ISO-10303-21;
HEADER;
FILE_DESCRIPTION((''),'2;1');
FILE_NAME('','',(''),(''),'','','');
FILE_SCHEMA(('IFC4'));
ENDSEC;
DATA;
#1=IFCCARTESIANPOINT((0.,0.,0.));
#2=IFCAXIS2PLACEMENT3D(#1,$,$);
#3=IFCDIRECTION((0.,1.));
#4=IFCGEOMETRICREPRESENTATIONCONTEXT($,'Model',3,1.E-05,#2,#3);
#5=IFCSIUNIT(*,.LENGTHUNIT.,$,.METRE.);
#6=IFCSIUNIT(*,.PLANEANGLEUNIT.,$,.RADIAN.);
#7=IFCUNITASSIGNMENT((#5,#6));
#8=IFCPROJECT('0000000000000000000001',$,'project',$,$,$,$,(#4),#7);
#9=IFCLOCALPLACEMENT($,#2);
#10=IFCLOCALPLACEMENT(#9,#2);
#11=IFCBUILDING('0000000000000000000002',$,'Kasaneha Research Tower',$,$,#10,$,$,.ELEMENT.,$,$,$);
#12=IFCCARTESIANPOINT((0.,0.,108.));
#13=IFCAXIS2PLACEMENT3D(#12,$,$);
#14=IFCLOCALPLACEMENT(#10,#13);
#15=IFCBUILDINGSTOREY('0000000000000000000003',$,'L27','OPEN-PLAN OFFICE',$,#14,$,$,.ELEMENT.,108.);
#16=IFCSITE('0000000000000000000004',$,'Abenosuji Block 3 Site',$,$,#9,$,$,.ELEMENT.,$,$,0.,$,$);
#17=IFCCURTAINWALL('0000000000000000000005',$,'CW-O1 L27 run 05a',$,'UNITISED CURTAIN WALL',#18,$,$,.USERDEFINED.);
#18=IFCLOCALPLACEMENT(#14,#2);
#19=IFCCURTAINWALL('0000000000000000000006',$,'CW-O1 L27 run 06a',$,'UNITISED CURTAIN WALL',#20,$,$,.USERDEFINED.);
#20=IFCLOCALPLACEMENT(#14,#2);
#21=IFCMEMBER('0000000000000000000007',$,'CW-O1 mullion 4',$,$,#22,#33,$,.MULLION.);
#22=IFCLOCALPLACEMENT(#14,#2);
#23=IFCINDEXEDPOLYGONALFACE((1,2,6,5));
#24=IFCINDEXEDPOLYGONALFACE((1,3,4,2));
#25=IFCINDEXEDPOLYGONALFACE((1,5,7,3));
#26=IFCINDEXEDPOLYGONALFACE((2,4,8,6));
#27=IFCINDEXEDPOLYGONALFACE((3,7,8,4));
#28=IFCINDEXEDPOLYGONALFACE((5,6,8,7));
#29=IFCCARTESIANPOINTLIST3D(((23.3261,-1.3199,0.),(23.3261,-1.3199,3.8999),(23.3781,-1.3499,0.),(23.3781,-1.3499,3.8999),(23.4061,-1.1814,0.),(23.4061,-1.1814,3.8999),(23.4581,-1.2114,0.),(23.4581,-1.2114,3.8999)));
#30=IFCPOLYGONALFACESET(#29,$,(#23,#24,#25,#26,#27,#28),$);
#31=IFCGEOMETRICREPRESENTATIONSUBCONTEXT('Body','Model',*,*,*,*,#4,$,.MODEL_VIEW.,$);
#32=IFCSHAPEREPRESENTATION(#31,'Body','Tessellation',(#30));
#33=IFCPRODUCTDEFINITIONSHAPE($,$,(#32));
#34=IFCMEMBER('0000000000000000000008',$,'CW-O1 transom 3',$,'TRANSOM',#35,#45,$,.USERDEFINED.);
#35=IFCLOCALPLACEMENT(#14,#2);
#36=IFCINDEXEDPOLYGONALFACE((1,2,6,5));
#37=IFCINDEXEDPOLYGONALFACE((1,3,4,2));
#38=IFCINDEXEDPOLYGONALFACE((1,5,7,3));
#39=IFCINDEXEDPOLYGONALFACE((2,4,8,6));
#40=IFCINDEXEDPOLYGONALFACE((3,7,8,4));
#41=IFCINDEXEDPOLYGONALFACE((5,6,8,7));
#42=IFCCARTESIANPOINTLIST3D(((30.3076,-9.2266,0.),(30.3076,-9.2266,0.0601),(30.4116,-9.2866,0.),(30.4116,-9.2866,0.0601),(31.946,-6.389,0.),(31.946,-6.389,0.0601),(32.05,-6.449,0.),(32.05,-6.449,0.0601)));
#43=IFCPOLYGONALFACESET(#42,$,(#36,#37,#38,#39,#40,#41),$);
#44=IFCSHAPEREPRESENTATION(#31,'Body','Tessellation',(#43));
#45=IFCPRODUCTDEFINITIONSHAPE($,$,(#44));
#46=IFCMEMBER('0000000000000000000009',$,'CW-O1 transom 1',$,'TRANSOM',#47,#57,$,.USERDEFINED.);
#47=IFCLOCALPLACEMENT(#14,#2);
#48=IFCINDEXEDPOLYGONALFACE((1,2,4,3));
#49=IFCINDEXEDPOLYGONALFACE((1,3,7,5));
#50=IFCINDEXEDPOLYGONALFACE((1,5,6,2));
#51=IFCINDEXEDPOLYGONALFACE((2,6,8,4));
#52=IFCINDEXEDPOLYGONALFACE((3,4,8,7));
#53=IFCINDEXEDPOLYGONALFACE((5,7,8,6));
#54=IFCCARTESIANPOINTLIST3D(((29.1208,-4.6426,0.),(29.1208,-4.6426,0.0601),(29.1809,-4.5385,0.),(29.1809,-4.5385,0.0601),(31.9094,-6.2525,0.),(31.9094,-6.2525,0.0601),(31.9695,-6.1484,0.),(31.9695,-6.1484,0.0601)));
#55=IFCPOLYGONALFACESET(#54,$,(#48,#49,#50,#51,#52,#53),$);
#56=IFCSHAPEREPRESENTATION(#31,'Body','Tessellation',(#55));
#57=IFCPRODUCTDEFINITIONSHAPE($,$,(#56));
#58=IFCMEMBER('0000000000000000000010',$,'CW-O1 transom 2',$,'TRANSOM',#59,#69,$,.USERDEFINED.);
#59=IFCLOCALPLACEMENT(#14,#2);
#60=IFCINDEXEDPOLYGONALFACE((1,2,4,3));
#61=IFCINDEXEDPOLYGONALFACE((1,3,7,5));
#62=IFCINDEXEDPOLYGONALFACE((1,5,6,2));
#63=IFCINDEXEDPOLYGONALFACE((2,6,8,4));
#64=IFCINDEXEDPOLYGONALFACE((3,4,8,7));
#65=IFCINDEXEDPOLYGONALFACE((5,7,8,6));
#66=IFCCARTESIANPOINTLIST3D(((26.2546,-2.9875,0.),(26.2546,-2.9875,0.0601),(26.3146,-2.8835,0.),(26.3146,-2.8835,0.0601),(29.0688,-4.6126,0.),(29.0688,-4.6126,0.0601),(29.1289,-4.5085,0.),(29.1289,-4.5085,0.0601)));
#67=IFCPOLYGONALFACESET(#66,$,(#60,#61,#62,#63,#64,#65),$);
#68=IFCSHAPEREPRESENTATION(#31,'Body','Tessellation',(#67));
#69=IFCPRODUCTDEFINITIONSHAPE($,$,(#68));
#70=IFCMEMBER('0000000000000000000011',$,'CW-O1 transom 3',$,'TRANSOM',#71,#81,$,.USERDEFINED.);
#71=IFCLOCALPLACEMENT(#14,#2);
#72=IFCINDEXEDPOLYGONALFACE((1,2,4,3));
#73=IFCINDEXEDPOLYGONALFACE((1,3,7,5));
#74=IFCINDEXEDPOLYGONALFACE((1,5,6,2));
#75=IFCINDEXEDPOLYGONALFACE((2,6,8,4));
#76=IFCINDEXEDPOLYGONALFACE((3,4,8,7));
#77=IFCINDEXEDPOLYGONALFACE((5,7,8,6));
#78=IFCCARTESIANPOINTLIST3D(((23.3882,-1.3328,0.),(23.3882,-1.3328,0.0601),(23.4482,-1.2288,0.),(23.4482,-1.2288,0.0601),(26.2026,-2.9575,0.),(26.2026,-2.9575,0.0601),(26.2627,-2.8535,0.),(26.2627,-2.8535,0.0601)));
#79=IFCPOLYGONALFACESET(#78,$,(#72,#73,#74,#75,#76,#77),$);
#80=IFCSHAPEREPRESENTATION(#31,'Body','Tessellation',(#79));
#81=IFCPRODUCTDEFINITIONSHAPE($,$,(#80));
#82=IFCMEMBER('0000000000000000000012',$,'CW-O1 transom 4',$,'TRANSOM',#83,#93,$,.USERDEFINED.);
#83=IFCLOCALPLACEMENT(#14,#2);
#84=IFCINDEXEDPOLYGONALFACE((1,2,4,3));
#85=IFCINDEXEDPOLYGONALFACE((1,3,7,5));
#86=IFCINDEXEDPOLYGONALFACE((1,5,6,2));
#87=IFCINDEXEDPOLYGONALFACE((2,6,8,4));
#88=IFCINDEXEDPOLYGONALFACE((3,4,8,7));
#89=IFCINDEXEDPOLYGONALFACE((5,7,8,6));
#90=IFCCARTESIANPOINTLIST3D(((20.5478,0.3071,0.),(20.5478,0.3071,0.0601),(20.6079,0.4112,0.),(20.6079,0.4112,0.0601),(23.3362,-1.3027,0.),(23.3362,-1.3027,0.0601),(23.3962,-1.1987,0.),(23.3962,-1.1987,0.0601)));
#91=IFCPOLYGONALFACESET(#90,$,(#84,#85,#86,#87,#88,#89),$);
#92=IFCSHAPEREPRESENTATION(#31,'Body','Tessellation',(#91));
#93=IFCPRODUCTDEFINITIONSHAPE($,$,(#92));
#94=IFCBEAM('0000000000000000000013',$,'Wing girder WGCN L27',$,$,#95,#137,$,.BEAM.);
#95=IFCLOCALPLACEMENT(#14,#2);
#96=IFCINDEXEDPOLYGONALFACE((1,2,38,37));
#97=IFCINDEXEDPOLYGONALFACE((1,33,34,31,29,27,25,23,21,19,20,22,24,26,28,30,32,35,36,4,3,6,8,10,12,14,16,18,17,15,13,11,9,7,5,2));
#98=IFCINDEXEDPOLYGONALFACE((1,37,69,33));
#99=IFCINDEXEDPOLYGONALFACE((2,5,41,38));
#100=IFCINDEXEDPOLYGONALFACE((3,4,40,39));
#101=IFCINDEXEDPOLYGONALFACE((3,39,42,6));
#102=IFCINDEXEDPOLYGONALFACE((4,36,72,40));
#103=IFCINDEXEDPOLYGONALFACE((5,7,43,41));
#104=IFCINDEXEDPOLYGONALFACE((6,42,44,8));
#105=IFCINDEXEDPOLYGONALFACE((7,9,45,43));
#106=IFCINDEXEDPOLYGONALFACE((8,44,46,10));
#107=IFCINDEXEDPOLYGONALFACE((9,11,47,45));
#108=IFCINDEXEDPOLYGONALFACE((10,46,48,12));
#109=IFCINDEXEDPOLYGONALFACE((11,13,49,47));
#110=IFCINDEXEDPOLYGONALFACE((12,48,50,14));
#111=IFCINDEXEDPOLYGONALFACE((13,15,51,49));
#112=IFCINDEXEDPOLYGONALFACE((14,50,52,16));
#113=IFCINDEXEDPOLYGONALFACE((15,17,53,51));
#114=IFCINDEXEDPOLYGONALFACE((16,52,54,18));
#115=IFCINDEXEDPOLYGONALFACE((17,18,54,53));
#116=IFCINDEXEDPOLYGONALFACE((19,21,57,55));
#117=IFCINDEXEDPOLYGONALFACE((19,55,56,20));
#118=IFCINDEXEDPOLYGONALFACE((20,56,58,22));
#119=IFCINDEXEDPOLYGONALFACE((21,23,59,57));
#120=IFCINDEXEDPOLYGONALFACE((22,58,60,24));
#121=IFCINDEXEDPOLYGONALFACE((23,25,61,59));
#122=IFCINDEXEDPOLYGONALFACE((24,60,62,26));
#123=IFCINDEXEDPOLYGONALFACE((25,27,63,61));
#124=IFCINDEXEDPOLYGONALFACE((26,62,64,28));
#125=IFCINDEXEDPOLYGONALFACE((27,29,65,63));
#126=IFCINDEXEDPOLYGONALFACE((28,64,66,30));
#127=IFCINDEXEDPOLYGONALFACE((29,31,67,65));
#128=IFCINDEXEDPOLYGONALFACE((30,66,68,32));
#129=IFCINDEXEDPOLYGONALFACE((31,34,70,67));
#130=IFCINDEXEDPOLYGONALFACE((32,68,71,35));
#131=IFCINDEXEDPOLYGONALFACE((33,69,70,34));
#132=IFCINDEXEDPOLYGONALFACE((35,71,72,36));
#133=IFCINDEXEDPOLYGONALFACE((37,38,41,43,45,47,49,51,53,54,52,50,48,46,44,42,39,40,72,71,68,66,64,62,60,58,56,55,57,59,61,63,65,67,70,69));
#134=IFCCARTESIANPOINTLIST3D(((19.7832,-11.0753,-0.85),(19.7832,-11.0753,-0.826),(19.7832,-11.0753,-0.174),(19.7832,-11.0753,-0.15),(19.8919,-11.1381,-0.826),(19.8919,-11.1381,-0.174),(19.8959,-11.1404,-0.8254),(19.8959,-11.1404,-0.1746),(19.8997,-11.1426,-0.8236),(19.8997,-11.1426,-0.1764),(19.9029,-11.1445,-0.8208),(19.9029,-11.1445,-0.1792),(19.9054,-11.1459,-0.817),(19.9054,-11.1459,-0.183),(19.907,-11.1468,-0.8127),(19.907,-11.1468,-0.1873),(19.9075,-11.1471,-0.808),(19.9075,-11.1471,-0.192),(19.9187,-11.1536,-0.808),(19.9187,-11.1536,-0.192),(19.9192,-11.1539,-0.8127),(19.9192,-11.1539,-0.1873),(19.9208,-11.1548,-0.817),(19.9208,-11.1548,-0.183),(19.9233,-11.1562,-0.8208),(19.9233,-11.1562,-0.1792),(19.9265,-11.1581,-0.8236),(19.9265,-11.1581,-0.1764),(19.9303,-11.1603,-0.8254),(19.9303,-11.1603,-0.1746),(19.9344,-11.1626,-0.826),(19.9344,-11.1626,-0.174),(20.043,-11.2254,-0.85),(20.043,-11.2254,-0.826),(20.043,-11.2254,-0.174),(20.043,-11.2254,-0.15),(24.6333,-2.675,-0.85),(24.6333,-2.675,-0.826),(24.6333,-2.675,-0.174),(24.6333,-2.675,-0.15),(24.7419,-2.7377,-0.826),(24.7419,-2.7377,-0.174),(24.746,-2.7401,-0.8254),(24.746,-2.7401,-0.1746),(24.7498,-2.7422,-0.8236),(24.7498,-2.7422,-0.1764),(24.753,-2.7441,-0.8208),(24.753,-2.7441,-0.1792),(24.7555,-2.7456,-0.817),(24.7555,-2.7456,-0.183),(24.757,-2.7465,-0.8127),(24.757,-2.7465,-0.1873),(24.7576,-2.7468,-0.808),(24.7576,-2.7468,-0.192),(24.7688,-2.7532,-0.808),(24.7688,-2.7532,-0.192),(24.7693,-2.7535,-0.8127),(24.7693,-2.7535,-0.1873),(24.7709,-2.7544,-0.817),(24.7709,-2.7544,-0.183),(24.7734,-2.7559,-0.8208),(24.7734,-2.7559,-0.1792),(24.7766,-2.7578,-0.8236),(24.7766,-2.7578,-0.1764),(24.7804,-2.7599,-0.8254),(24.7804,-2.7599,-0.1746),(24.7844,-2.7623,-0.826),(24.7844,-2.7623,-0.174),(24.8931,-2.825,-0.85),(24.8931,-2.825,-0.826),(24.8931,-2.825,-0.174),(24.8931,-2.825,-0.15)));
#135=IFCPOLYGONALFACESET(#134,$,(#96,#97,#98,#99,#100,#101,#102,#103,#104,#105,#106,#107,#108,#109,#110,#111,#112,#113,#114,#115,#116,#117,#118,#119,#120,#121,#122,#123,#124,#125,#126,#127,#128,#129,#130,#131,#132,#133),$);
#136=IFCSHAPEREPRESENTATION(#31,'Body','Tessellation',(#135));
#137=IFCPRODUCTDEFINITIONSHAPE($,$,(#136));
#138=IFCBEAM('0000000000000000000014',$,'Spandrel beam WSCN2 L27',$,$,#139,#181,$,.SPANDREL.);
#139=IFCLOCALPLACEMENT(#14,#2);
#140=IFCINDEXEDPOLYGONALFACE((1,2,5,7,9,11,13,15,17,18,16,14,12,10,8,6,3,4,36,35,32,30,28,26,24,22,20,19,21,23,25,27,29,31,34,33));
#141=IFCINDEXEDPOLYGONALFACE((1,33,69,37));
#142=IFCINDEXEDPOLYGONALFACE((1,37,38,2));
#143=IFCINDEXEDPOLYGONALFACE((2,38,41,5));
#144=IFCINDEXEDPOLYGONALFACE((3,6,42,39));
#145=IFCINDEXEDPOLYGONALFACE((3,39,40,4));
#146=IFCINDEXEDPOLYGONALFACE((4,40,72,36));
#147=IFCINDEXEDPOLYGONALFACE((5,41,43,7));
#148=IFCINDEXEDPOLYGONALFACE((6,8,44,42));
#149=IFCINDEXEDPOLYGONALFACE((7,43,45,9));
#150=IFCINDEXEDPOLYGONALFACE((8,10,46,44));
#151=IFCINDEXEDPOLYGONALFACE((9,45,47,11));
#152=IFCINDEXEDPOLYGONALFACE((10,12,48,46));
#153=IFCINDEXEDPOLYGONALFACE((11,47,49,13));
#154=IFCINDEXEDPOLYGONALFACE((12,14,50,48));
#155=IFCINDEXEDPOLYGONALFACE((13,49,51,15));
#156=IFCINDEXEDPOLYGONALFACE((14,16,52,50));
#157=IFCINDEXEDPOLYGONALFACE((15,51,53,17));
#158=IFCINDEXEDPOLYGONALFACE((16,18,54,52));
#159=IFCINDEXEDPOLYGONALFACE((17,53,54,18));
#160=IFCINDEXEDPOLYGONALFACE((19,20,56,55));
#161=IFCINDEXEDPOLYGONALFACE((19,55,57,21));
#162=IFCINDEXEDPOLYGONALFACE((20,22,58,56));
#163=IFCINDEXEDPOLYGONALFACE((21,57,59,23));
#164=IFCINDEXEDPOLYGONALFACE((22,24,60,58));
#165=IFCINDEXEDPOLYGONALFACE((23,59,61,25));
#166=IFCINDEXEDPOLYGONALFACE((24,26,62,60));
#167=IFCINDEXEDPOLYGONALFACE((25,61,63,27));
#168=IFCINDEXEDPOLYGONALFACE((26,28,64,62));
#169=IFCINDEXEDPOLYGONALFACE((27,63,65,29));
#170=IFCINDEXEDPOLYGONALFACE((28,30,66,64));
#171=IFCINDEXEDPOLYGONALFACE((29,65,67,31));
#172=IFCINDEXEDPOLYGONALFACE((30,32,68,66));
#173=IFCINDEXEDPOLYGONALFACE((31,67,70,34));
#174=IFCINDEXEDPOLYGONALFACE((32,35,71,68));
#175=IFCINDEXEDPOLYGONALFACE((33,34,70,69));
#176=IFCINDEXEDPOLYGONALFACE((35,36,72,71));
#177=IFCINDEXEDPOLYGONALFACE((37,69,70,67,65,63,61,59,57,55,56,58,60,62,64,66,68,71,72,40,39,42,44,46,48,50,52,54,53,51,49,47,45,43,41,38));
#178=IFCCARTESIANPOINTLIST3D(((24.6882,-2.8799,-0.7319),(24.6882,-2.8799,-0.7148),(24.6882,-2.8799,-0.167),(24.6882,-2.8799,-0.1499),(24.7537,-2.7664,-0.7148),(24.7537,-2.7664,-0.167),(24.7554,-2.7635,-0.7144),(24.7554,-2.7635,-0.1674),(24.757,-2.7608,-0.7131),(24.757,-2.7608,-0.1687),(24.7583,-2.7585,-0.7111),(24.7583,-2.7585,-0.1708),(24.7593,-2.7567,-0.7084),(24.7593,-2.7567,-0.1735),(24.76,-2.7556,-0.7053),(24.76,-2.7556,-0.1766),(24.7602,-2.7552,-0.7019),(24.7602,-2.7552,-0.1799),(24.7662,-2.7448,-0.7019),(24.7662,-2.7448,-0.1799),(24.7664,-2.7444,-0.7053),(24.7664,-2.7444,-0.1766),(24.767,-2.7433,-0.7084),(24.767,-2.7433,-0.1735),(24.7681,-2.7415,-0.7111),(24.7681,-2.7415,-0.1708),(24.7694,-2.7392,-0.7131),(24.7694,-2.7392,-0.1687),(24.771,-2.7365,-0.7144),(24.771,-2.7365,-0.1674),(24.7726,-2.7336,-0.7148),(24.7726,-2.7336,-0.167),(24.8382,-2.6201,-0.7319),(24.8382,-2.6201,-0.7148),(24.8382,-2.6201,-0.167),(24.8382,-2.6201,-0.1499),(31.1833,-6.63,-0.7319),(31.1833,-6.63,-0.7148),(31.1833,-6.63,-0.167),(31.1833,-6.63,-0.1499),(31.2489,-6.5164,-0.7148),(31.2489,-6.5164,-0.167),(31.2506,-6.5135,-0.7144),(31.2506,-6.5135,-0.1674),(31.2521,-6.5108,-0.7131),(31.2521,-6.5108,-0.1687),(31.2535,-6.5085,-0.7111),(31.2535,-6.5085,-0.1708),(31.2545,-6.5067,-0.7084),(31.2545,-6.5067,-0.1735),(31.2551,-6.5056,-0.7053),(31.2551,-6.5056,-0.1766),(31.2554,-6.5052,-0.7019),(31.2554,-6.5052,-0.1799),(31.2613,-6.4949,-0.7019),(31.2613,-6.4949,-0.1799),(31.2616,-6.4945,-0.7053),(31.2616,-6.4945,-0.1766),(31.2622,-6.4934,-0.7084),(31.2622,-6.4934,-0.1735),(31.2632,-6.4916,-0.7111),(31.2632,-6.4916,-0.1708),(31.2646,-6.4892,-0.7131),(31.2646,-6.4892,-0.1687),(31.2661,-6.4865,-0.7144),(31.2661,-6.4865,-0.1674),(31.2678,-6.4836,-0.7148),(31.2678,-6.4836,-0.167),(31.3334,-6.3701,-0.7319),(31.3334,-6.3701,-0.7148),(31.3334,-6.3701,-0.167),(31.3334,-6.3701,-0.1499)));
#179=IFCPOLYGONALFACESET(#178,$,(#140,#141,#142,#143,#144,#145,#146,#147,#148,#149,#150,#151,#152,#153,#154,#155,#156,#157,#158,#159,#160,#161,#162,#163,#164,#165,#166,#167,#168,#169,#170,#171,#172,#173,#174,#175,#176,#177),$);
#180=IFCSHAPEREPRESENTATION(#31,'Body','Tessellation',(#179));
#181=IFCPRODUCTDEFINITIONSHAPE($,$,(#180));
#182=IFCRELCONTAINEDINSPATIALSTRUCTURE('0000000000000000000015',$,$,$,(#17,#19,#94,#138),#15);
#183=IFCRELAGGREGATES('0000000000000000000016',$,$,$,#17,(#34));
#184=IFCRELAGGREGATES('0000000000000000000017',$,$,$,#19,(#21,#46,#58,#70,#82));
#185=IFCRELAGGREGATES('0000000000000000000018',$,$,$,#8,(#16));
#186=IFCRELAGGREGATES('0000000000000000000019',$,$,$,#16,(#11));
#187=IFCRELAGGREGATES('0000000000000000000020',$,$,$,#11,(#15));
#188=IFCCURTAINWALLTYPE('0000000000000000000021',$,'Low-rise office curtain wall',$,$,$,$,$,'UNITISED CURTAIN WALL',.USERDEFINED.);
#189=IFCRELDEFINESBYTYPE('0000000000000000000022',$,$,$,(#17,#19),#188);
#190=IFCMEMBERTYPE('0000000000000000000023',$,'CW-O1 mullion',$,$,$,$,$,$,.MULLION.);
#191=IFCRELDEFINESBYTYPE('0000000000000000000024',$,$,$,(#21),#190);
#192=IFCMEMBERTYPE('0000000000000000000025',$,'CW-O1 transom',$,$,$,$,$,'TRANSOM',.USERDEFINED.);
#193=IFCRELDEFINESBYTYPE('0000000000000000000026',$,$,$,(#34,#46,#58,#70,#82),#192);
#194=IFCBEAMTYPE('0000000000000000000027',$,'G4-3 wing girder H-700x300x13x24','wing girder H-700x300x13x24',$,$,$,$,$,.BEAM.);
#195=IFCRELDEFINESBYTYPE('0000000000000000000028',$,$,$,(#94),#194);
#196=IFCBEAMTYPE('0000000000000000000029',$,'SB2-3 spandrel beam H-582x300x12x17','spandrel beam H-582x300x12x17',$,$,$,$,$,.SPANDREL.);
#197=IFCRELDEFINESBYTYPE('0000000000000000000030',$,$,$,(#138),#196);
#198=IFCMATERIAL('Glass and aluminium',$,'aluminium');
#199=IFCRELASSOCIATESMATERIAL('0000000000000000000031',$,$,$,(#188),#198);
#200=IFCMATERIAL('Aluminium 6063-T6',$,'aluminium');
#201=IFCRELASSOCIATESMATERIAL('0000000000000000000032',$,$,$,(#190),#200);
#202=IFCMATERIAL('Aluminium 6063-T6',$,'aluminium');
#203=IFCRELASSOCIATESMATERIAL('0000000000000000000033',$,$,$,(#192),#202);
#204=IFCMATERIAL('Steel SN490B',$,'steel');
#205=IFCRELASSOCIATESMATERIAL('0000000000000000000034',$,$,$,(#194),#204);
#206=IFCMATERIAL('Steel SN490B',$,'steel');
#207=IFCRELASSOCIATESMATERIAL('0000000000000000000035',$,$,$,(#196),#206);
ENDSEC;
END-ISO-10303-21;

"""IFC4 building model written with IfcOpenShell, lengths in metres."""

from ifc_helpers import new_model, si_unit, direction, frame, origin, origin_2d, place, context, subcontext, project, spatial, rectangle, i_section, extrude, material, material_profile, profile_set, type_object, element, aggregate, save


model = new_model("IFC4")

# Units and contexts
model_context = context("Model", 3, precision=1e-05, world=origin(), true_north=direction((0.0, 1.0)))
body_context = subcontext(model_context, "Body", "Model", "MODEL_VIEW")
ifc_project = project(units=[si_unit("LENGTHUNIT", "METRE"), si_unit("PLANEANGLEUNIT", "RADIAN")], contexts=[model_context])

# Site, building, storey
site_placement = place(None, origin())
site = spatial("IfcSite", under=ifc_project, at=site_placement, Name="Abenosuji Block 3 Site", CompositionType="ELEMENT", RefElevation=0.0)
building_placement = place(site_placement, origin())
building = spatial("IfcBuilding", under=site, at=building_placement, Name="Kasaneha Research Tower", CompositionType="ELEMENT")
storey_placement = place(building_placement, frame((0.0, 0.0, 108.0)))
storey = spatial("IfcBuildingStorey", under=building, at=storey_placement, Name="L27", Description="OPEN-PLAN OFFICE", CompositionType="ELEMENT", Elevation=108.0)

# Curtain walls, member
ifc_material_1 = material(Name="Glass and aluminium", Category="aluminium")
curtain_wall_type = type_object("IfcCurtainWallType", Name="Low-rise office curtain wall", ElementType="UNITISED CURTAIN WALL", PredefinedType="USERDEFINED", material=ifc_material_1)
curtain_wall_1_placement = place(storey_placement, origin())
curtain_wall_1 = element("IfcCurtainWall", 1, at=curtain_wall_1_placement, inside=storey, type_object=curtain_wall_type, Name="CW-O1 L27 run 05a", ObjectType="UNITISED CURTAIN WALL", PredefinedType="USERDEFINED")
ifc_material_2 = material(Name="Aluminium 6063-T6", Category="aluminium")
ifc_material_profile_1 = material_profile(ifc_material_2, rectangle(XDim=0.0601, YDim=0.1599, at=origin_2d()), Name="CW-O1 mullion 60x160")
ifc_profile_set_1 = profile_set([ifc_material_profile_1], Name="Aluminium 6063-T6")
member_type_1 = type_object("IfcMemberType", Name="CW-O1 mullion", PredefinedType="MULLION", material=ifc_profile_set_1)
curtain_wall_2_placement = place(storey_placement, origin())
curtain_wall_2 = element("IfcCurtainWall", 2, at=curtain_wall_2_placement, inside=storey, type_object=curtain_wall_type, Name="CW-O1 L27 run 06a", ObjectType="UNITISED CURTAIN WALL", PredefinedType="USERDEFINED")
member_1_placement = place(storey_placement, frame((23.3921, -1.2656, 0.0), z_axis=(0.0, 0.0, 1.0), x_axis=(-0.866025, 0.5, 0.0)))
member_1 = element("IfcMember", 3, at=member_1_placement, type_object=member_type_1, Name="CW-O1 mullion 4", PredefinedType="MULLION", context=body_context, shape_type="SweptSolid", body=[
    extrude(rectangle(XDim=0.0601, YDim=0.1599, at=origin_2d()), origin(), (0.0, 0.0, 1.0), 3.8999),
])

# Members
ifc_material_3 = material(Name="Aluminium 6063-T6", Category="aluminium")
ifc_material_profile_2 = material_profile(ifc_material_3, rectangle(XDim=0.1201, YDim=0.0601, at=origin_2d()), Name="CW-O1 transom 120x60")
ifc_profile_set_2 = profile_set([ifc_material_profile_2], Name="Aluminium 6063-T6")
member_type_2 = type_object("IfcMemberType", Name="CW-O1 transom", ElementType="TRANSOM", PredefinedType="USERDEFINED", material=ifc_profile_set_2)
member_2_placement = place(storey_placement, frame((30.3596, -9.2566, 0.03), z_axis=(0.500026, 0.866011, 0.0), x_axis=(-0.866011, 0.500026, 0.0)))
member_2 = element("IfcMember", 4, at=member_2_placement, type_object=member_type_2, Name="CW-O1 transom 3", ObjectType="TRANSOM", PredefinedType="USERDEFINED", context=body_context, shape_type="SweptSolid", body=[
    extrude(rectangle(XDim=0.1201, YDim=0.0601, at=origin_2d()), origin(), (0.0, 0.0, 1.0), 3.2766),
])
member_3_placement = place(storey_placement, frame((31.9395, -6.2004, 0.03), z_axis=(-0.866042, 0.499972, 0.0), x_axis=(-0.499972, -0.866042, 0.0)))
member_3 = element("IfcMember", 5, at=member_3_placement, type_object=member_type_2, Name="CW-O1 transom 1", ObjectType="TRANSOM", PredefinedType="USERDEFINED", context=body_context, shape_type="SweptSolid", body=[
    extrude(rectangle(XDim=0.1201, YDim=0.0601, at=origin_2d()), origin(), (0.0, 0.0, 1.0), 3.22),
])
member_4_placement = place(storey_placement, frame((29.0989, -4.5605, 0.03), z_axis=(-0.865997, 0.50005, 0.0), x_axis=(-0.50005, -0.865997, 0.0)))
member_4 = element("IfcMember", 6, at=member_4_placement, type_object=member_type_2, Name="CW-O1 transom 2", ObjectType="TRANSOM", PredefinedType="USERDEFINED", context=body_context, shape_type="SweptSolid", body=[
    extrude(rectangle(XDim=0.1201, YDim=0.0601, at=origin_2d()), origin(), (0.0, 0.0, 1.0), 3.2498),
])
member_5_placement = place(storey_placement, frame((26.2327, -2.9055, 0.03), z_axis=(-0.866048, 0.499961, 0.0), x_axis=(-0.499961, -0.866048, 0.0)))
member_5 = element("IfcMember", 7, at=member_5_placement, type_object=member_type_2, Name="CW-O1 transom 3", ObjectType="TRANSOM", PredefinedType="USERDEFINED", context=body_context, shape_type="SweptSolid", body=[
    extrude(rectangle(XDim=0.1201, YDim=0.0601, at=origin_2d()), origin(), (0.0, 0.0, 1.0), 3.2498),
])
member_6_placement = place(storey_placement, frame((23.3662, -1.2507, 0.03), z_axis=(-0.866023, 0.500005, 0.0), x_axis=(-0.500005, -0.866023, 0.0)))
member_6 = element("IfcMember", 8, at=member_6_placement, type_object=member_type_2, Name="CW-O1 transom 4", ObjectType="TRANSOM", PredefinedType="USERDEFINED", context=body_context, shape_type="SweptSolid", body=[
    extrude(rectangle(XDim=0.1201, YDim=0.0601, at=origin_2d()), origin(), (0.0, 0.0, 1.0), 3.2197),
])

# Beams
ifc_material_4 = material(Name="Steel SN490B", Category="steel")
ifc_material_profile_3 = material_profile(ifc_material_4, i_section(OverallWidth=0.3, OverallDepth=0.7, WebThickness=0.0129, FlangeThickness=0.0239, FilletRadius=0.0181, at=origin_2d()), Name="H-700x300x13x24")
ifc_profile_set_3 = profile_set([ifc_material_profile_3], Name="Steel SN490B")
beam_type_1 = type_object("IfcBeamType", Name="G4-3 wing girder H-700x300x13x24", Description="wing girder H-700x300x13x24", PredefinedType="BEAM", material=ifc_profile_set_3)
beam_1_placement = place(storey_placement, frame((24.7632, -2.75, -0.5), z_axis=(-0.50001, -0.86602, 0.0), x_axis=(0.86602, -0.50001, 0.0)))
element("IfcBeam", 9, at=beam_1_placement, inside=storey, type_object=beam_type_1, Name="Wing girder WGCN L27", PredefinedType="BEAM", context=body_context, shape_type="SweptSolid", body=[
    extrude(i_section(OverallWidth=0.3, OverallDepth=0.7, WebThickness=0.0129, FlangeThickness=0.0239, FilletRadius=0.0181, at=origin_2d()), origin(), (0.0, 0.0, 1.0), 9.7),
])
ifc_material_5 = material(Name="Steel SN490B", Category="steel")
ifc_material_profile_4 = material_profile(ifc_material_5, i_section(OverallWidth=0.3, OverallDepth=0.582, WebThickness=0.012, FlangeThickness=0.0171, FilletRadius=0.0129, at=origin_2d()), Name="H-582x300x12x17")
ifc_profile_set_4 = profile_set([ifc_material_profile_4], Name="Steel SN490B")
beam_type_2 = type_object("IfcBeamType", Name="SB2-3 spandrel beam H-582x300x12x17", Description="spandrel beam H-582x300x12x17", PredefinedType="SPANDREL", material=ifc_profile_set_4)
beam_2_placement = place(storey_placement, frame((24.7632, -2.75, -0.4409), z_axis=(0.866023, -0.500004, 0.0), x_axis=(0.500004, 0.866023, 0.0)))
element("IfcBeam", 10, at=beam_2_placement, inside=storey, type_object=beam_type_2, Name="Spandrel beam WSCN2 L27", PredefinedType="SPANDREL", context=body_context, shape_type="SweptSolid", body=[
    extrude(i_section(OverallWidth=0.3, OverallDepth=0.582, WebThickness=0.012, FlangeThickness=0.0171, FilletRadius=0.0129, at=origin_2d()), origin(), (0.0, 0.0, 1.0), 7.5),
])

aggregate(curtain_wall_1, [member_2])
aggregate(curtain_wall_2, [member_1, member_3, member_4, member_5, member_6])

save(model, "model.ifc")
